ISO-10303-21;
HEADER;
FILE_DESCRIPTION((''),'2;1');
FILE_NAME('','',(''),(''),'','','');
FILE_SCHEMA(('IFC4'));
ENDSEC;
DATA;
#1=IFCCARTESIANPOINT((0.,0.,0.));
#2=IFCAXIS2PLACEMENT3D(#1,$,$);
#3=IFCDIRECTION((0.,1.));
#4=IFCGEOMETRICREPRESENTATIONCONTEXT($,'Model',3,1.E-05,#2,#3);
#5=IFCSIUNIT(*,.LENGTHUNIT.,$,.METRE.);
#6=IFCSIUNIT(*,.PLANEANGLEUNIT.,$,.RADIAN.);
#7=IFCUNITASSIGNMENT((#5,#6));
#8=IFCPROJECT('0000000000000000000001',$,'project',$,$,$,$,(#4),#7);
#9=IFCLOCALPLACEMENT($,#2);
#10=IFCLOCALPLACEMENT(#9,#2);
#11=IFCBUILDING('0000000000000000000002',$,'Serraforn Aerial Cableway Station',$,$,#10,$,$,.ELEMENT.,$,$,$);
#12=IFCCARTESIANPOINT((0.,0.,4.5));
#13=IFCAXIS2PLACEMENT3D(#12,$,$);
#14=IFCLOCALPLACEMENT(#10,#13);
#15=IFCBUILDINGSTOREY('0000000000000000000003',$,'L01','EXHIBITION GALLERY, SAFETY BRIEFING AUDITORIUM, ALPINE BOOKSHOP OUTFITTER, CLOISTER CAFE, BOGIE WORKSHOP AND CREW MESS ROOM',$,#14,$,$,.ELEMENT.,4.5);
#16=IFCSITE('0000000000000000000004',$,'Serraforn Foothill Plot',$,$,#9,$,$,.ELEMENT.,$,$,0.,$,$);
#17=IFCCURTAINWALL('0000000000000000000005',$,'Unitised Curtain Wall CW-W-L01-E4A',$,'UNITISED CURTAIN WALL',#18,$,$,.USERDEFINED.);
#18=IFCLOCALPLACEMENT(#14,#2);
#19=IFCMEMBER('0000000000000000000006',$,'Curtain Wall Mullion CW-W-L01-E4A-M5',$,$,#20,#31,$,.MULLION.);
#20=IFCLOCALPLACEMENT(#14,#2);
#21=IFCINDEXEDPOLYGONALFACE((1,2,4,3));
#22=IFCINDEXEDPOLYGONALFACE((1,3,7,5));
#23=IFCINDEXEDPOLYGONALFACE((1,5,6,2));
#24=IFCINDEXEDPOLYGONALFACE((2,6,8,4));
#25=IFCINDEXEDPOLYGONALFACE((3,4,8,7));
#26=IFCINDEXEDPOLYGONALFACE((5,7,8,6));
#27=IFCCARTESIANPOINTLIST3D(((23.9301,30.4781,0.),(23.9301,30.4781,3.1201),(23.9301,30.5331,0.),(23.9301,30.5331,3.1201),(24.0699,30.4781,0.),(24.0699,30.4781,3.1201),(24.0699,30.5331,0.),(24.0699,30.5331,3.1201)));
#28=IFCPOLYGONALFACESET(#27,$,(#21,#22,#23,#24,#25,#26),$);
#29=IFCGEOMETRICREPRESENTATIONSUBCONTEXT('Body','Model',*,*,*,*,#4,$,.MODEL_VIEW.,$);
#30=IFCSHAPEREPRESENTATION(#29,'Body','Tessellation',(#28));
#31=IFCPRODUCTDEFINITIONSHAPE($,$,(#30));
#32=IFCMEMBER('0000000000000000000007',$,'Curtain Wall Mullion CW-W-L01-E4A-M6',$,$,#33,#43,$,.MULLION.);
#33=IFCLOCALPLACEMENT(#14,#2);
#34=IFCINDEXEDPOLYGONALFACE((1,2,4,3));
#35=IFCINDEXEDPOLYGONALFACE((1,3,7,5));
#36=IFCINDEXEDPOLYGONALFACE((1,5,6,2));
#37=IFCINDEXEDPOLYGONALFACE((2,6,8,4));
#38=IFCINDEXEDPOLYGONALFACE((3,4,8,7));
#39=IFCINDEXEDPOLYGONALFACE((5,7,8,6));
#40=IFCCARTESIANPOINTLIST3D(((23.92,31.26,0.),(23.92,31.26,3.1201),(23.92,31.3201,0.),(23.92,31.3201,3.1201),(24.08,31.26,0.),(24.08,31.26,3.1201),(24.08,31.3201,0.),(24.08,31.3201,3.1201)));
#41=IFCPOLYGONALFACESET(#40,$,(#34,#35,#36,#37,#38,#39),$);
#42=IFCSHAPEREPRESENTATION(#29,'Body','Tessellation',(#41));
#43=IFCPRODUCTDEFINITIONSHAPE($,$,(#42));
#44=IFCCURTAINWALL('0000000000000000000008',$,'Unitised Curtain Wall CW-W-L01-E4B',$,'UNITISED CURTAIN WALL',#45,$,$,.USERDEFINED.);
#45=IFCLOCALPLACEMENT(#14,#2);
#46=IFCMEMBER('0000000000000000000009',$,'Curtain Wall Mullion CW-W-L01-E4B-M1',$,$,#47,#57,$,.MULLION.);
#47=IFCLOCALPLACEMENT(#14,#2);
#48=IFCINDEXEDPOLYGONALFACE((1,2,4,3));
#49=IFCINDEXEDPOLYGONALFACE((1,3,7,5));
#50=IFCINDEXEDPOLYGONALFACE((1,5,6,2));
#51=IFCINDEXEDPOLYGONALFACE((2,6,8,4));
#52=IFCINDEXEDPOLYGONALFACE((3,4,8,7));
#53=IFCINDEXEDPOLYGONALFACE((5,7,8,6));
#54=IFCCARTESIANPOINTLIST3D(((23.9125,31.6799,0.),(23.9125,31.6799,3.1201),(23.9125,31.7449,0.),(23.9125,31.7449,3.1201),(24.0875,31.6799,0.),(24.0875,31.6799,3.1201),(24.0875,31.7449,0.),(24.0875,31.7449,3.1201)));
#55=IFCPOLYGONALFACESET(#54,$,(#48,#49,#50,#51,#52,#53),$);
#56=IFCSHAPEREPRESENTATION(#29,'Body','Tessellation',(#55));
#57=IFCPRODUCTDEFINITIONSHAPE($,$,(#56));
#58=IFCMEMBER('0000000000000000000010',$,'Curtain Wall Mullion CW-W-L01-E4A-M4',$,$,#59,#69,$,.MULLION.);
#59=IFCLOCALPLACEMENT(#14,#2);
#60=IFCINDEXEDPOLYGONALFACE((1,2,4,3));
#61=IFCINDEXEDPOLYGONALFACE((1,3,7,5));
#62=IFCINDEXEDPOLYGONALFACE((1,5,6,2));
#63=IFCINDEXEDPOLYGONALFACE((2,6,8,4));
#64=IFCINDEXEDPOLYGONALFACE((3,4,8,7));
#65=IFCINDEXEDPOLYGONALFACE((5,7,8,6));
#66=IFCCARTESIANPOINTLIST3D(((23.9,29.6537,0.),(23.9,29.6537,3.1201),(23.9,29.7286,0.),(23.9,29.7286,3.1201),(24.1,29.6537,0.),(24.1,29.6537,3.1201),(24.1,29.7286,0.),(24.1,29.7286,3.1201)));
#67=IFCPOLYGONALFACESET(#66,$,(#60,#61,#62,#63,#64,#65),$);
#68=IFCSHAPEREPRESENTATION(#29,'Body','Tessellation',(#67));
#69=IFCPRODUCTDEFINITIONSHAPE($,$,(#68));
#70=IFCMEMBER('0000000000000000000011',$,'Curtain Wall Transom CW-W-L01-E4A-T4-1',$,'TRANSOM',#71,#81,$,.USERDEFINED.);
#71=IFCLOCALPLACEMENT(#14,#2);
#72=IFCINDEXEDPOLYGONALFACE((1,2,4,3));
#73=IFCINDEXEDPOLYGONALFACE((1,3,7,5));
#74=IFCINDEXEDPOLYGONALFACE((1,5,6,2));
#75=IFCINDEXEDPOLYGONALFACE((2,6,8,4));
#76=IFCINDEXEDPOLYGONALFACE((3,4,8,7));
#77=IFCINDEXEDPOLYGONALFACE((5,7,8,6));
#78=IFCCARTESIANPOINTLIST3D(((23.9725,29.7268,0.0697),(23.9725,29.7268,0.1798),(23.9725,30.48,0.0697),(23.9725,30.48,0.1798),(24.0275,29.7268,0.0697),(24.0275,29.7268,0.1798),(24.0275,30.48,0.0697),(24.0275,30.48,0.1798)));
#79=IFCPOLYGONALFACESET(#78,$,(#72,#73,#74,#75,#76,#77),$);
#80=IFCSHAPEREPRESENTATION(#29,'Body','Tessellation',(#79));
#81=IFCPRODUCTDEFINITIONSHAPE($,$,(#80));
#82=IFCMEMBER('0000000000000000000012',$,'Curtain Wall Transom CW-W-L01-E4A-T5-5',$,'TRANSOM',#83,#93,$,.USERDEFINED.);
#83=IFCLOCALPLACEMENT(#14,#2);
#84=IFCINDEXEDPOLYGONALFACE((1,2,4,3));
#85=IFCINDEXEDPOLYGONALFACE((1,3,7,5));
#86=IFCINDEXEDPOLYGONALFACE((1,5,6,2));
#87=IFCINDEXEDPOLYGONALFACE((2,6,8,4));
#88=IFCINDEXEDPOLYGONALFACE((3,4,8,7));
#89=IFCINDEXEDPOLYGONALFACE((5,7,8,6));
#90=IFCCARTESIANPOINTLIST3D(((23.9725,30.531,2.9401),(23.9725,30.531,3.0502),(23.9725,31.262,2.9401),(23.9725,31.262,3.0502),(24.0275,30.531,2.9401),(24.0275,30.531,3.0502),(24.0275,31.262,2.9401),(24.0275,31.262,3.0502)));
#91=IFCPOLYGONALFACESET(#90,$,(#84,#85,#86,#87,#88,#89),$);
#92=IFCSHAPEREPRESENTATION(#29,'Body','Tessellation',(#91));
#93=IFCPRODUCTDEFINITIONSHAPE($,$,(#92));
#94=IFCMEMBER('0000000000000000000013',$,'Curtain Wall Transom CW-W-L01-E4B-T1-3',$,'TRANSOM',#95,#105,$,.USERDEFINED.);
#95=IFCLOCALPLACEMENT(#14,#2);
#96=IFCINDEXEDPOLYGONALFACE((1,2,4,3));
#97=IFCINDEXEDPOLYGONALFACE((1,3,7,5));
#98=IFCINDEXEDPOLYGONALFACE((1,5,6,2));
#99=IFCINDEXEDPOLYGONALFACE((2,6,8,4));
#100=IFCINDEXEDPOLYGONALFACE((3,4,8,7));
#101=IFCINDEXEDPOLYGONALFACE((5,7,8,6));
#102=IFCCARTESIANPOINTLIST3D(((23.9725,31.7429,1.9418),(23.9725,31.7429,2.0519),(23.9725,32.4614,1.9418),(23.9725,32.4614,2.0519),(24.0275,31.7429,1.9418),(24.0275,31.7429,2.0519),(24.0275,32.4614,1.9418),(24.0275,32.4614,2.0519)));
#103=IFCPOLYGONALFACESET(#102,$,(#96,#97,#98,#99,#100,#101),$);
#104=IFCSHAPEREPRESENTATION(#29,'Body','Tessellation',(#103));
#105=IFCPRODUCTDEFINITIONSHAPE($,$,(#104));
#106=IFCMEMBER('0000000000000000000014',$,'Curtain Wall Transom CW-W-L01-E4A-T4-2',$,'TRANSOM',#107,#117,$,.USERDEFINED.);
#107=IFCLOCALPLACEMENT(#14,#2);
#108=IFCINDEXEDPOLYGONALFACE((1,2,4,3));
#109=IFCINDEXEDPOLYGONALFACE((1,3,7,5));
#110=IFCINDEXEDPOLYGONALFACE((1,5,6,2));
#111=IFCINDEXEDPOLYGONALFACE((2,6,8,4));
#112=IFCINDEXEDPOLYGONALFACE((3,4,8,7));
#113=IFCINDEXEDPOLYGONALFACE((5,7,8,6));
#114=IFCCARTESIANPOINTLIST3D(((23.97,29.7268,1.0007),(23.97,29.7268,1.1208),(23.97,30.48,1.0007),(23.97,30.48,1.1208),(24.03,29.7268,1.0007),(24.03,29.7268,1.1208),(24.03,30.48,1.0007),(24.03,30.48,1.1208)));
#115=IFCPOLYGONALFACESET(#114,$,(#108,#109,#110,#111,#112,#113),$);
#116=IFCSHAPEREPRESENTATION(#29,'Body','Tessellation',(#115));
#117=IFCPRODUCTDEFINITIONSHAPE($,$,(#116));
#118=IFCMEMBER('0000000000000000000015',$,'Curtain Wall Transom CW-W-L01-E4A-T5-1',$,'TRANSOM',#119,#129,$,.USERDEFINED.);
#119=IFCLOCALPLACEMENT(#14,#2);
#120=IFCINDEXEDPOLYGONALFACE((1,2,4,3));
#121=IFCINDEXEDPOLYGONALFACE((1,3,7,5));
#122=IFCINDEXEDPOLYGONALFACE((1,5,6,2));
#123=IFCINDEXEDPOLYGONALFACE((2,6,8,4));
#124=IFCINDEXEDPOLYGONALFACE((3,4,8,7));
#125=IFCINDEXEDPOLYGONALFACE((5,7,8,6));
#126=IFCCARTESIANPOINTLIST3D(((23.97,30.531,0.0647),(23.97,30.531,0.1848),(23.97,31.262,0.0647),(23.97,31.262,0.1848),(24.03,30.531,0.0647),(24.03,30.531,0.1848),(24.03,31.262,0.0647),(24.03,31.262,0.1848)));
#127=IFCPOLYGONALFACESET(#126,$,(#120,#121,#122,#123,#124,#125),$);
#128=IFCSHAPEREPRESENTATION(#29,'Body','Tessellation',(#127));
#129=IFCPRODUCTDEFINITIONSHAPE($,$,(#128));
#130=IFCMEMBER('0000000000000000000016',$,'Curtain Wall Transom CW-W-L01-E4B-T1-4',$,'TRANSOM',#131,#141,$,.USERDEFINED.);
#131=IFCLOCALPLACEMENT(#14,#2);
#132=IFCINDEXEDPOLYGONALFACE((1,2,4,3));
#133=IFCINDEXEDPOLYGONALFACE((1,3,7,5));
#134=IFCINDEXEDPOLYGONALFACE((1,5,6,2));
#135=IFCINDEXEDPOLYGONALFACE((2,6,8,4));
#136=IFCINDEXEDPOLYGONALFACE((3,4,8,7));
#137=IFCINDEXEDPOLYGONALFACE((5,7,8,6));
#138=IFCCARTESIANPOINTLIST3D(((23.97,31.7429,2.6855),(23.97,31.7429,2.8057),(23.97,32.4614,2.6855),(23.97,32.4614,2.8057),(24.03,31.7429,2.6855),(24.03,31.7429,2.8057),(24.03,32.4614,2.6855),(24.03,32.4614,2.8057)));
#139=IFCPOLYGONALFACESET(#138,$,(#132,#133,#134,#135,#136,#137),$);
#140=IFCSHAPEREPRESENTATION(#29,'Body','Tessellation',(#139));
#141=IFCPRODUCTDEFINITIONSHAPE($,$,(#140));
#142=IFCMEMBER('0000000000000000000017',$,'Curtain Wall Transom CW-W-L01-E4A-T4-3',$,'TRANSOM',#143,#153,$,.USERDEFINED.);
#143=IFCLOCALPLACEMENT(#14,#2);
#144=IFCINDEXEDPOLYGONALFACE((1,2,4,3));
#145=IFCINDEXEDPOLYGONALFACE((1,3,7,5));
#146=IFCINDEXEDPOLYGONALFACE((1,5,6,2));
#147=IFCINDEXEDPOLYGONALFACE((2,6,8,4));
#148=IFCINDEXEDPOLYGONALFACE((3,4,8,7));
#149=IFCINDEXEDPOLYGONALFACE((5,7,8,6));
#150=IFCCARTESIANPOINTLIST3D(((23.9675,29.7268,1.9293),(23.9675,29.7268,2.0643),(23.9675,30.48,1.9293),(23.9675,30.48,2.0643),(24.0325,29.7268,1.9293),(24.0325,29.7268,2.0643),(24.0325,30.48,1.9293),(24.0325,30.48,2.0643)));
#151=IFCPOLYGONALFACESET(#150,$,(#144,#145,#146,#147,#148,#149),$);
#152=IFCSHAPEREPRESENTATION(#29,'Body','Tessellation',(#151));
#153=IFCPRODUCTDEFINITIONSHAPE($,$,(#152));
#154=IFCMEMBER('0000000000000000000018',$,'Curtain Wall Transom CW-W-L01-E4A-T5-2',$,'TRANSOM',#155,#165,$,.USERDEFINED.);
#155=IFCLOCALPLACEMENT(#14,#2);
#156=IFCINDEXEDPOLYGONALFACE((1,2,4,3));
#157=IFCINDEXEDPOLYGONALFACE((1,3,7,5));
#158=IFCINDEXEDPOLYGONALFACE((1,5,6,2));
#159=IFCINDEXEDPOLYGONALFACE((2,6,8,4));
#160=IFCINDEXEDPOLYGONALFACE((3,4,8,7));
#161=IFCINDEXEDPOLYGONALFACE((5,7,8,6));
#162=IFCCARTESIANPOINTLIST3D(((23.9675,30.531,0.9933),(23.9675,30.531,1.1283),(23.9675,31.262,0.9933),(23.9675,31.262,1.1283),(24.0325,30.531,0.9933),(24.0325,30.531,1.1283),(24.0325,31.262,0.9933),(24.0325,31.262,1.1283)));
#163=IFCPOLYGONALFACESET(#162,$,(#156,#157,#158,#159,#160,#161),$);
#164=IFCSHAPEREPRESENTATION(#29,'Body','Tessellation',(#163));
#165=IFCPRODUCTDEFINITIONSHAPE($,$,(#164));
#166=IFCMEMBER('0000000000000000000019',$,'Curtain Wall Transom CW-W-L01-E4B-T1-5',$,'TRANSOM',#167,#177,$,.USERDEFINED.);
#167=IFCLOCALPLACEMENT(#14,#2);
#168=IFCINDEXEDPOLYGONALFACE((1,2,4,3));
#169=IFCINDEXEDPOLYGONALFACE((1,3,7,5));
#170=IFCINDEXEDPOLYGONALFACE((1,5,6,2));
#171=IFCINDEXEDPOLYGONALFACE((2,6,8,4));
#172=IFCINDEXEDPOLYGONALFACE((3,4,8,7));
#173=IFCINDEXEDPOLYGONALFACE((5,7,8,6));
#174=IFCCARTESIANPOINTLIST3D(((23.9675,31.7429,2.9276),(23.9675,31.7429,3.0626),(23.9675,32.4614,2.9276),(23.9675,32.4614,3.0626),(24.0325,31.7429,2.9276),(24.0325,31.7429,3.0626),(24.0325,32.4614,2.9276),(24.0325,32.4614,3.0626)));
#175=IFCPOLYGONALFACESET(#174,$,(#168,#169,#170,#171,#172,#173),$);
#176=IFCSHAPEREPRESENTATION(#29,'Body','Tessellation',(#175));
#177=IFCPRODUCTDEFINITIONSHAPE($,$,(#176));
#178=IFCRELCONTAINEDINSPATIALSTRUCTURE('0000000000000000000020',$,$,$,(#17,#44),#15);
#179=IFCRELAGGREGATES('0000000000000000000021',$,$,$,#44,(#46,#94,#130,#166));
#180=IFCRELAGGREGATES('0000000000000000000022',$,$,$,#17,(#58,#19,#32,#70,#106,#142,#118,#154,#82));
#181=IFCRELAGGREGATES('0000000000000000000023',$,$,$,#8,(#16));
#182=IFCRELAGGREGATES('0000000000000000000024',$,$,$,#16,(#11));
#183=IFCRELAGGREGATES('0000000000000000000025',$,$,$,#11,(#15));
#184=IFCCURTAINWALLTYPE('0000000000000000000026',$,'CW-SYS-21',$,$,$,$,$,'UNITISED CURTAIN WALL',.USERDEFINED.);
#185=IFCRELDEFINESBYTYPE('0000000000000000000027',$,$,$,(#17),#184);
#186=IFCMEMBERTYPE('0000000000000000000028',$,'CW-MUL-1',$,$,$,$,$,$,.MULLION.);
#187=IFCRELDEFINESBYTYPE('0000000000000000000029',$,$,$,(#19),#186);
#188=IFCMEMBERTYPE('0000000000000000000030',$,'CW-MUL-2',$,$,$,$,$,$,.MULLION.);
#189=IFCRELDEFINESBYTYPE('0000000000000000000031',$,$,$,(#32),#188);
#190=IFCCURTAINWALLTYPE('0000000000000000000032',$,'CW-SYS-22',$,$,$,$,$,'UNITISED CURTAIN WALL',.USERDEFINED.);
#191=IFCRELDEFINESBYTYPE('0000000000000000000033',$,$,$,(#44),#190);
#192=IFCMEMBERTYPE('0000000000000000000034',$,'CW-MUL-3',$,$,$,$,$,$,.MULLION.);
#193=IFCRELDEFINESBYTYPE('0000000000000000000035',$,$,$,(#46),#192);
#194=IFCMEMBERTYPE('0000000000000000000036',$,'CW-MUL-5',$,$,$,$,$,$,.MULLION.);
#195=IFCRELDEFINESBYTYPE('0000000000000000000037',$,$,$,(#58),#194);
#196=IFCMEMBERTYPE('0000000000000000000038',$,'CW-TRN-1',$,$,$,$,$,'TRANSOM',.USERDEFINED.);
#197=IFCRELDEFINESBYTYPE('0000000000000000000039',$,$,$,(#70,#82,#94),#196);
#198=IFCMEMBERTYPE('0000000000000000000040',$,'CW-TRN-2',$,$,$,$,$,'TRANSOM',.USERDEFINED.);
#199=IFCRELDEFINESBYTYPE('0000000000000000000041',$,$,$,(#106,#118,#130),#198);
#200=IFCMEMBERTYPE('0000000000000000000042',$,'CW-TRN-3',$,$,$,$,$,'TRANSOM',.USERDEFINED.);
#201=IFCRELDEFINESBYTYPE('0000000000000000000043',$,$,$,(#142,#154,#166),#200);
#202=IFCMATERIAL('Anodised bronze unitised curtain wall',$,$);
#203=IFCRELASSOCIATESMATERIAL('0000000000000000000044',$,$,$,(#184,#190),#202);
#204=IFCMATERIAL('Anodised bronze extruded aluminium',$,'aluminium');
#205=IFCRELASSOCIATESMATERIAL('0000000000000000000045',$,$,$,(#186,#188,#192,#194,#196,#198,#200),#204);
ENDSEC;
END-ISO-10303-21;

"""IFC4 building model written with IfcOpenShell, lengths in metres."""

from ifc_helpers import new_model, si_unit, direction, frame, origin, origin_2d, place, context, subcontext, project, spatial, rectangle, extrude, material, material_profile, profile_set, type_object, element, aggregate, save


model = new_model("IFC4")

# Units and contexts
model_context = context("Model", 3, precision=1e-05, world=origin(), true_north=direction((0.0, 1.0)))
body_context = subcontext(model_context, "Body", "Model", "MODEL_VIEW")
ifc_project = project(units=[si_unit("LENGTHUNIT", "METRE"), si_unit("PLANEANGLEUNIT", "RADIAN")], contexts=[model_context])

# Site, building, storey
site_placement = place(None, origin())
site = spatial("IfcSite", under=ifc_project, at=site_placement, Name="Serraforn Foothill Plot", CompositionType="ELEMENT", RefElevation=0.0)
building_placement = place(site_placement, origin())
building = spatial("IfcBuilding", under=site, at=building_placement, Name="Serraforn Aerial Cableway Station", CompositionType="ELEMENT")
storey_placement = place(building_placement, frame((0.0, 0.0, 4.5)))
storey = spatial("IfcBuildingStorey", under=building, at=storey_placement, Name="L01", Description="EXHIBITION GALLERY, SAFETY BRIEFING AUDITORIUM, ALPINE BOOKSHOP OUTFITTER, CLOISTER CAFE, BOGIE WORKSHOP AND CREW MESS ROOM", CompositionType="ELEMENT", Elevation=4.5)

# Curtain wall, members
ifc_material_1 = material(Name="Anodised bronze unitised curtain wall")
curtain_wall_type_1 = type_object("IfcCurtainWallType", Name="CW-SYS-21", ElementType="UNITISED CURTAIN WALL", PredefinedType="USERDEFINED", material=ifc_material_1)
curtain_wall_1_placement = place(storey_placement, origin())
curtain_wall_1 = element("IfcCurtainWall", 1, at=curtain_wall_1_placement, inside=storey, type_object=curtain_wall_type_1, Name="Unitised Curtain Wall CW-W-L01-E4A", ObjectType="UNITISED CURTAIN WALL", PredefinedType="USERDEFINED")
ifc_material_2 = material(Name="Anodised bronze extruded aluminium", Category="aluminium")
ifc_material_profile_1 = material_profile(ifc_material_2, rectangle(XDim=0.0549, YDim=0.1399, at=origin_2d()), Name="CW MULLION 55x140")
ifc_profile_set_1 = profile_set([ifc_material_profile_1], Name="Anodised bronze extruded aluminium")
member_type_1 = type_object("IfcMemberType", Name="CW-MUL-1", PredefinedType="MULLION", material=ifc_profile_set_1)
member_1_placement = place(storey_placement, frame((24.0, 30.5056, 0.0), z_axis=(0.0, 0.0, 1.0), x_axis=(0.0, 1.0, 0.0)))
member_1 = element("IfcMember", 2, at=member_1_placement, type_object=member_type_1, Name="Curtain Wall Mullion CW-W-L01-E4A-M5", PredefinedType="MULLION", context=body_context, shape_type="SweptSolid", body=[
    extrude(rectangle(XDim=0.0549, YDim=0.1399, at=origin_2d()), origin(), (0.0, 0.0, 1.0), 3.1201),
])
ifc_material_profile_2 = material_profile(ifc_material_2, rectangle(XDim=0.0601, YDim=0.1599, at=origin_2d()), Name="CW MULLION 60x160")
ifc_profile_set_2 = profile_set([ifc_material_profile_2], Name="Anodised bronze extruded aluminium")
member_type_2 = type_object("IfcMemberType", Name="CW-MUL-2", PredefinedType="MULLION", material=ifc_profile_set_2)
member_2_placement = place(storey_placement, frame((24.0, 31.29, 0.0), z_axis=(0.0, 0.0, 1.0), x_axis=(0.0, 1.0, 0.0)))
member_2 = element("IfcMember", 3, at=member_2_placement, type_object=member_type_2, Name="Curtain Wall Mullion CW-W-L01-E4A-M6", PredefinedType="MULLION", context=body_context, shape_type="SweptSolid", body=[
    extrude(rectangle(XDim=0.0601, YDim=0.1599, at=origin_2d()), origin(), (0.0, 0.0, 1.0), 3.1201),
])

# Curtain wall, member
curtain_wall_type_2 = type_object("IfcCurtainWallType", Name="CW-SYS-22", ElementType="UNITISED CURTAIN WALL", PredefinedType="USERDEFINED", material=ifc_material_1)
curtain_wall_2_placement = place(storey_placement, origin())
curtain_wall_2 = element("IfcCurtainWall", 4, at=curtain_wall_2_placement, inside=storey, type_object=curtain_wall_type_2, Name="Unitised Curtain Wall CW-W-L01-E4B", ObjectType="UNITISED CURTAIN WALL", PredefinedType="USERDEFINED")
ifc_material_profile_3 = material_profile(ifc_material_2, rectangle(XDim=0.0649, YDim=0.175, at=origin_2d()), Name="CW MULLION 65x175")
ifc_profile_set_3 = profile_set([ifc_material_profile_3], Name="Anodised bronze extruded aluminium")
member_type_3 = type_object("IfcMemberType", Name="CW-MUL-3", PredefinedType="MULLION", material=ifc_profile_set_3)
member_3_placement = place(storey_placement, frame((24.0, 31.7124, 0.0), z_axis=(0.0, 0.0, 1.0), x_axis=(0.0, 1.0, 0.0)))
member_3 = element("IfcMember", 5, at=member_3_placement, type_object=member_type_3, Name="Curtain Wall Mullion CW-W-L01-E4B-M1", PredefinedType="MULLION", context=body_context, shape_type="SweptSolid", body=[
    extrude(rectangle(XDim=0.0649, YDim=0.175, at=origin_2d()), origin(), (0.0, 0.0, 1.0), 3.1201),
])

# Members
ifc_material_profile_4 = material_profile(ifc_material_2, rectangle(XDim=0.075, YDim=0.2, at=origin_2d()), Name="CW MULLION 75x200")
ifc_profile_set_4 = profile_set([ifc_material_profile_4], Name="Anodised bronze extruded aluminium")
member_type_4 = type_object("IfcMemberType", Name="CW-MUL-5", PredefinedType="MULLION", material=ifc_profile_set_4)
member_4_placement = place(storey_placement, frame((24.0, 29.6912, 0.0), z_axis=(0.0, 0.0, 1.0), x_axis=(0.0, 1.0, 0.0)))
member_4 = element("IfcMember", 6, at=member_4_placement, type_object=member_type_4, Name="Curtain Wall Mullion CW-W-L01-E4A-M4", PredefinedType="MULLION", context=body_context, shape_type="SweptSolid", body=[
    extrude(rectangle(XDim=0.075, YDim=0.2, at=origin_2d()), origin(), (0.0, 0.0, 1.0), 3.1201),
])
ifc_material_profile_5 = material_profile(ifc_material_2, rectangle(XDim=0.0549, YDim=0.1101, at=origin_2d()), Name="CW TRANSOM 55x110")
ifc_profile_set_5 = profile_set([ifc_material_profile_5], Name="Anodised bronze extruded aluminium")
member_type_5 = type_object("IfcMemberType", Name="CW-TRN-1", ElementType="TRANSOM", PredefinedType="USERDEFINED", material=ifc_profile_set_5)
member_5_placement = place(storey_placement, frame((24.0, 29.7268, 0.1248), z_axis=(0.0, 1.0, 0.0), x_axis=(-1.0, 0.0, 0.0)))
member_5 = element("IfcMember", 7, at=member_5_placement, type_object=member_type_5, Name="Curtain Wall Transom CW-W-L01-E4A-T4-1", ObjectType="TRANSOM", PredefinedType="USERDEFINED", context=body_context, shape_type="SweptSolid", body=[
    extrude(rectangle(XDim=0.0549, YDim=0.1101, at=origin_2d()), origin(), (0.0, 0.0, 1.0), 0.7532),
])
member_6_placement = place(storey_placement, frame((24.0, 30.531, 2.9951), z_axis=(0.0, 1.0, 0.0), x_axis=(-1.0, 0.0, 0.0)))
member_6 = element("IfcMember", 8, at=member_6_placement, type_object=member_type_5, Name="Curtain Wall Transom CW-W-L01-E4A-T5-5", ObjectType="TRANSOM", PredefinedType="USERDEFINED", context=body_context, shape_type="SweptSolid", body=[
    extrude(rectangle(XDim=0.0549, YDim=0.1101, at=origin_2d()), origin(), (0.0, 0.0, 1.0), 0.731),
])
member_7_placement = place(storey_placement, frame((24.0, 31.7429, 1.9968), z_axis=(0.0, 1.0, 0.0), x_axis=(-1.0, 0.0, 0.0)))
member_7 = element("IfcMember", 9, at=member_7_placement, type_object=member_type_5, Name="Curtain Wall Transom CW-W-L01-E4B-T1-3", ObjectType="TRANSOM", PredefinedType="USERDEFINED", context=body_context, shape_type="SweptSolid", body=[
    extrude(rectangle(XDim=0.0549, YDim=0.1101, at=origin_2d()), origin(), (0.0, 0.0, 1.0), 0.7185),
])
ifc_material_profile_6 = material_profile(ifc_material_2, rectangle(XDim=0.0601, YDim=0.1201, at=origin_2d()), Name="CW TRANSOM 60x120")
ifc_profile_set_6 = profile_set([ifc_material_profile_6], Name="Anodised bronze extruded aluminium")
member_type_6 = type_object("IfcMemberType", Name="CW-TRN-2", ElementType="TRANSOM", PredefinedType="USERDEFINED", material=ifc_profile_set_6)
member_8_placement = place(storey_placement, frame((24.0, 29.7268, 1.0608), z_axis=(0.0, 1.0, 0.0), x_axis=(-1.0, 0.0, 0.0)))
member_8 = element("IfcMember", 10, at=member_8_placement, type_object=member_type_6, Name="Curtain Wall Transom CW-W-L01-E4A-T4-2", ObjectType="TRANSOM", PredefinedType="USERDEFINED", context=body_context, shape_type="SweptSolid", body=[
    extrude(rectangle(XDim=0.0601, YDim=0.1201, at=origin_2d()), origin(), (0.0, 0.0, 1.0), 0.7532),
])
member_9_placement = place(storey_placement, frame((24.0, 30.531, 0.1248), z_axis=(0.0, 1.0, 0.0), x_axis=(-1.0, 0.0, 0.0)))
member_9 = element("IfcMember", 11, at=member_9_placement, type_object=member_type_6, Name="Curtain Wall Transom CW-W-L01-E4A-T5-1", ObjectType="TRANSOM", PredefinedType="USERDEFINED", context=body_context, shape_type="SweptSolid", body=[
    extrude(rectangle(XDim=0.0601, YDim=0.1201, at=origin_2d()), origin(), (0.0, 0.0, 1.0), 0.731),
])
member_10_placement = place(storey_placement, frame((24.0, 31.7429, 2.7456), z_axis=(0.0, 1.0, 0.0), x_axis=(-1.0, 0.0, 0.0)))
member_10 = element("IfcMember", 12, at=member_10_placement, type_object=member_type_6, Name="Curtain Wall Transom CW-W-L01-E4B-T1-4", ObjectType="TRANSOM", PredefinedType="USERDEFINED", context=body_context, shape_type="SweptSolid", body=[
    extrude(rectangle(XDim=0.0601, YDim=0.1201, at=origin_2d()), origin(), (0.0, 0.0, 1.0), 0.7185),
])
ifc_material_profile_7 = material_profile(ifc_material_2, rectangle(XDim=0.0649, YDim=0.135, at=origin_2d()), Name="CW TRANSOM 65x135")
ifc_profile_set_7 = profile_set([ifc_material_profile_7], Name="Anodised bronze extruded aluminium")
member_type_7 = type_object("IfcMemberType", Name="CW-TRN-3", ElementType="TRANSOM", PredefinedType="USERDEFINED", material=ifc_profile_set_7)
member_11_placement = place(storey_placement, frame((24.0, 29.7268, 1.9968), z_axis=(0.0, 1.0, 0.0), x_axis=(-1.0, 0.0, 0.0)))
member_11 = element("IfcMember", 13, at=member_11_placement, type_object=member_type_7, Name="Curtain Wall Transom CW-W-L01-E4A-T4-3", ObjectType="TRANSOM", PredefinedType="USERDEFINED", context=body_context, shape_type="SweptSolid", body=[
    extrude(rectangle(XDim=0.0649, YDim=0.135, at=origin_2d()), origin(), (0.0, 0.0, 1.0), 0.7532),
])
member_12_placement = place(storey_placement, frame((24.0, 30.531, 1.0608), z_axis=(0.0, 1.0, 0.0), x_axis=(-1.0, 0.0, 0.0)))
member_12 = element("IfcMember", 14, at=member_12_placement, type_object=member_type_7, Name="Curtain Wall Transom CW-W-L01-E4A-T5-2", ObjectType="TRANSOM", PredefinedType="USERDEFINED", context=body_context, shape_type="SweptSolid", body=[
    extrude(rectangle(XDim=0.0649, YDim=0.135, at=origin_2d()), origin(), (0.0, 0.0, 1.0), 0.731),
])
member_13_placement = place(storey_placement, frame((24.0, 31.7429, 2.9951), z_axis=(0.0, 1.0, 0.0), x_axis=(-1.0, 0.0, 0.0)))
member_13 = element("IfcMember", 15, at=member_13_placement, type_object=member_type_7, Name="Curtain Wall Transom CW-W-L01-E4B-T1-5", ObjectType="TRANSOM", PredefinedType="USERDEFINED", context=body_context, shape_type="SweptSolid", body=[
    extrude(rectangle(XDim=0.0649, YDim=0.135, at=origin_2d()), origin(), (0.0, 0.0, 1.0), 0.7185),
])
aggregate(curtain_wall_2, [member_3, member_7, member_10, member_13])

aggregate(curtain_wall_1, [member_4, member_1, member_2, member_5, member_8, member_11, member_9, member_12, member_6])

save(model, "model.ifc")
